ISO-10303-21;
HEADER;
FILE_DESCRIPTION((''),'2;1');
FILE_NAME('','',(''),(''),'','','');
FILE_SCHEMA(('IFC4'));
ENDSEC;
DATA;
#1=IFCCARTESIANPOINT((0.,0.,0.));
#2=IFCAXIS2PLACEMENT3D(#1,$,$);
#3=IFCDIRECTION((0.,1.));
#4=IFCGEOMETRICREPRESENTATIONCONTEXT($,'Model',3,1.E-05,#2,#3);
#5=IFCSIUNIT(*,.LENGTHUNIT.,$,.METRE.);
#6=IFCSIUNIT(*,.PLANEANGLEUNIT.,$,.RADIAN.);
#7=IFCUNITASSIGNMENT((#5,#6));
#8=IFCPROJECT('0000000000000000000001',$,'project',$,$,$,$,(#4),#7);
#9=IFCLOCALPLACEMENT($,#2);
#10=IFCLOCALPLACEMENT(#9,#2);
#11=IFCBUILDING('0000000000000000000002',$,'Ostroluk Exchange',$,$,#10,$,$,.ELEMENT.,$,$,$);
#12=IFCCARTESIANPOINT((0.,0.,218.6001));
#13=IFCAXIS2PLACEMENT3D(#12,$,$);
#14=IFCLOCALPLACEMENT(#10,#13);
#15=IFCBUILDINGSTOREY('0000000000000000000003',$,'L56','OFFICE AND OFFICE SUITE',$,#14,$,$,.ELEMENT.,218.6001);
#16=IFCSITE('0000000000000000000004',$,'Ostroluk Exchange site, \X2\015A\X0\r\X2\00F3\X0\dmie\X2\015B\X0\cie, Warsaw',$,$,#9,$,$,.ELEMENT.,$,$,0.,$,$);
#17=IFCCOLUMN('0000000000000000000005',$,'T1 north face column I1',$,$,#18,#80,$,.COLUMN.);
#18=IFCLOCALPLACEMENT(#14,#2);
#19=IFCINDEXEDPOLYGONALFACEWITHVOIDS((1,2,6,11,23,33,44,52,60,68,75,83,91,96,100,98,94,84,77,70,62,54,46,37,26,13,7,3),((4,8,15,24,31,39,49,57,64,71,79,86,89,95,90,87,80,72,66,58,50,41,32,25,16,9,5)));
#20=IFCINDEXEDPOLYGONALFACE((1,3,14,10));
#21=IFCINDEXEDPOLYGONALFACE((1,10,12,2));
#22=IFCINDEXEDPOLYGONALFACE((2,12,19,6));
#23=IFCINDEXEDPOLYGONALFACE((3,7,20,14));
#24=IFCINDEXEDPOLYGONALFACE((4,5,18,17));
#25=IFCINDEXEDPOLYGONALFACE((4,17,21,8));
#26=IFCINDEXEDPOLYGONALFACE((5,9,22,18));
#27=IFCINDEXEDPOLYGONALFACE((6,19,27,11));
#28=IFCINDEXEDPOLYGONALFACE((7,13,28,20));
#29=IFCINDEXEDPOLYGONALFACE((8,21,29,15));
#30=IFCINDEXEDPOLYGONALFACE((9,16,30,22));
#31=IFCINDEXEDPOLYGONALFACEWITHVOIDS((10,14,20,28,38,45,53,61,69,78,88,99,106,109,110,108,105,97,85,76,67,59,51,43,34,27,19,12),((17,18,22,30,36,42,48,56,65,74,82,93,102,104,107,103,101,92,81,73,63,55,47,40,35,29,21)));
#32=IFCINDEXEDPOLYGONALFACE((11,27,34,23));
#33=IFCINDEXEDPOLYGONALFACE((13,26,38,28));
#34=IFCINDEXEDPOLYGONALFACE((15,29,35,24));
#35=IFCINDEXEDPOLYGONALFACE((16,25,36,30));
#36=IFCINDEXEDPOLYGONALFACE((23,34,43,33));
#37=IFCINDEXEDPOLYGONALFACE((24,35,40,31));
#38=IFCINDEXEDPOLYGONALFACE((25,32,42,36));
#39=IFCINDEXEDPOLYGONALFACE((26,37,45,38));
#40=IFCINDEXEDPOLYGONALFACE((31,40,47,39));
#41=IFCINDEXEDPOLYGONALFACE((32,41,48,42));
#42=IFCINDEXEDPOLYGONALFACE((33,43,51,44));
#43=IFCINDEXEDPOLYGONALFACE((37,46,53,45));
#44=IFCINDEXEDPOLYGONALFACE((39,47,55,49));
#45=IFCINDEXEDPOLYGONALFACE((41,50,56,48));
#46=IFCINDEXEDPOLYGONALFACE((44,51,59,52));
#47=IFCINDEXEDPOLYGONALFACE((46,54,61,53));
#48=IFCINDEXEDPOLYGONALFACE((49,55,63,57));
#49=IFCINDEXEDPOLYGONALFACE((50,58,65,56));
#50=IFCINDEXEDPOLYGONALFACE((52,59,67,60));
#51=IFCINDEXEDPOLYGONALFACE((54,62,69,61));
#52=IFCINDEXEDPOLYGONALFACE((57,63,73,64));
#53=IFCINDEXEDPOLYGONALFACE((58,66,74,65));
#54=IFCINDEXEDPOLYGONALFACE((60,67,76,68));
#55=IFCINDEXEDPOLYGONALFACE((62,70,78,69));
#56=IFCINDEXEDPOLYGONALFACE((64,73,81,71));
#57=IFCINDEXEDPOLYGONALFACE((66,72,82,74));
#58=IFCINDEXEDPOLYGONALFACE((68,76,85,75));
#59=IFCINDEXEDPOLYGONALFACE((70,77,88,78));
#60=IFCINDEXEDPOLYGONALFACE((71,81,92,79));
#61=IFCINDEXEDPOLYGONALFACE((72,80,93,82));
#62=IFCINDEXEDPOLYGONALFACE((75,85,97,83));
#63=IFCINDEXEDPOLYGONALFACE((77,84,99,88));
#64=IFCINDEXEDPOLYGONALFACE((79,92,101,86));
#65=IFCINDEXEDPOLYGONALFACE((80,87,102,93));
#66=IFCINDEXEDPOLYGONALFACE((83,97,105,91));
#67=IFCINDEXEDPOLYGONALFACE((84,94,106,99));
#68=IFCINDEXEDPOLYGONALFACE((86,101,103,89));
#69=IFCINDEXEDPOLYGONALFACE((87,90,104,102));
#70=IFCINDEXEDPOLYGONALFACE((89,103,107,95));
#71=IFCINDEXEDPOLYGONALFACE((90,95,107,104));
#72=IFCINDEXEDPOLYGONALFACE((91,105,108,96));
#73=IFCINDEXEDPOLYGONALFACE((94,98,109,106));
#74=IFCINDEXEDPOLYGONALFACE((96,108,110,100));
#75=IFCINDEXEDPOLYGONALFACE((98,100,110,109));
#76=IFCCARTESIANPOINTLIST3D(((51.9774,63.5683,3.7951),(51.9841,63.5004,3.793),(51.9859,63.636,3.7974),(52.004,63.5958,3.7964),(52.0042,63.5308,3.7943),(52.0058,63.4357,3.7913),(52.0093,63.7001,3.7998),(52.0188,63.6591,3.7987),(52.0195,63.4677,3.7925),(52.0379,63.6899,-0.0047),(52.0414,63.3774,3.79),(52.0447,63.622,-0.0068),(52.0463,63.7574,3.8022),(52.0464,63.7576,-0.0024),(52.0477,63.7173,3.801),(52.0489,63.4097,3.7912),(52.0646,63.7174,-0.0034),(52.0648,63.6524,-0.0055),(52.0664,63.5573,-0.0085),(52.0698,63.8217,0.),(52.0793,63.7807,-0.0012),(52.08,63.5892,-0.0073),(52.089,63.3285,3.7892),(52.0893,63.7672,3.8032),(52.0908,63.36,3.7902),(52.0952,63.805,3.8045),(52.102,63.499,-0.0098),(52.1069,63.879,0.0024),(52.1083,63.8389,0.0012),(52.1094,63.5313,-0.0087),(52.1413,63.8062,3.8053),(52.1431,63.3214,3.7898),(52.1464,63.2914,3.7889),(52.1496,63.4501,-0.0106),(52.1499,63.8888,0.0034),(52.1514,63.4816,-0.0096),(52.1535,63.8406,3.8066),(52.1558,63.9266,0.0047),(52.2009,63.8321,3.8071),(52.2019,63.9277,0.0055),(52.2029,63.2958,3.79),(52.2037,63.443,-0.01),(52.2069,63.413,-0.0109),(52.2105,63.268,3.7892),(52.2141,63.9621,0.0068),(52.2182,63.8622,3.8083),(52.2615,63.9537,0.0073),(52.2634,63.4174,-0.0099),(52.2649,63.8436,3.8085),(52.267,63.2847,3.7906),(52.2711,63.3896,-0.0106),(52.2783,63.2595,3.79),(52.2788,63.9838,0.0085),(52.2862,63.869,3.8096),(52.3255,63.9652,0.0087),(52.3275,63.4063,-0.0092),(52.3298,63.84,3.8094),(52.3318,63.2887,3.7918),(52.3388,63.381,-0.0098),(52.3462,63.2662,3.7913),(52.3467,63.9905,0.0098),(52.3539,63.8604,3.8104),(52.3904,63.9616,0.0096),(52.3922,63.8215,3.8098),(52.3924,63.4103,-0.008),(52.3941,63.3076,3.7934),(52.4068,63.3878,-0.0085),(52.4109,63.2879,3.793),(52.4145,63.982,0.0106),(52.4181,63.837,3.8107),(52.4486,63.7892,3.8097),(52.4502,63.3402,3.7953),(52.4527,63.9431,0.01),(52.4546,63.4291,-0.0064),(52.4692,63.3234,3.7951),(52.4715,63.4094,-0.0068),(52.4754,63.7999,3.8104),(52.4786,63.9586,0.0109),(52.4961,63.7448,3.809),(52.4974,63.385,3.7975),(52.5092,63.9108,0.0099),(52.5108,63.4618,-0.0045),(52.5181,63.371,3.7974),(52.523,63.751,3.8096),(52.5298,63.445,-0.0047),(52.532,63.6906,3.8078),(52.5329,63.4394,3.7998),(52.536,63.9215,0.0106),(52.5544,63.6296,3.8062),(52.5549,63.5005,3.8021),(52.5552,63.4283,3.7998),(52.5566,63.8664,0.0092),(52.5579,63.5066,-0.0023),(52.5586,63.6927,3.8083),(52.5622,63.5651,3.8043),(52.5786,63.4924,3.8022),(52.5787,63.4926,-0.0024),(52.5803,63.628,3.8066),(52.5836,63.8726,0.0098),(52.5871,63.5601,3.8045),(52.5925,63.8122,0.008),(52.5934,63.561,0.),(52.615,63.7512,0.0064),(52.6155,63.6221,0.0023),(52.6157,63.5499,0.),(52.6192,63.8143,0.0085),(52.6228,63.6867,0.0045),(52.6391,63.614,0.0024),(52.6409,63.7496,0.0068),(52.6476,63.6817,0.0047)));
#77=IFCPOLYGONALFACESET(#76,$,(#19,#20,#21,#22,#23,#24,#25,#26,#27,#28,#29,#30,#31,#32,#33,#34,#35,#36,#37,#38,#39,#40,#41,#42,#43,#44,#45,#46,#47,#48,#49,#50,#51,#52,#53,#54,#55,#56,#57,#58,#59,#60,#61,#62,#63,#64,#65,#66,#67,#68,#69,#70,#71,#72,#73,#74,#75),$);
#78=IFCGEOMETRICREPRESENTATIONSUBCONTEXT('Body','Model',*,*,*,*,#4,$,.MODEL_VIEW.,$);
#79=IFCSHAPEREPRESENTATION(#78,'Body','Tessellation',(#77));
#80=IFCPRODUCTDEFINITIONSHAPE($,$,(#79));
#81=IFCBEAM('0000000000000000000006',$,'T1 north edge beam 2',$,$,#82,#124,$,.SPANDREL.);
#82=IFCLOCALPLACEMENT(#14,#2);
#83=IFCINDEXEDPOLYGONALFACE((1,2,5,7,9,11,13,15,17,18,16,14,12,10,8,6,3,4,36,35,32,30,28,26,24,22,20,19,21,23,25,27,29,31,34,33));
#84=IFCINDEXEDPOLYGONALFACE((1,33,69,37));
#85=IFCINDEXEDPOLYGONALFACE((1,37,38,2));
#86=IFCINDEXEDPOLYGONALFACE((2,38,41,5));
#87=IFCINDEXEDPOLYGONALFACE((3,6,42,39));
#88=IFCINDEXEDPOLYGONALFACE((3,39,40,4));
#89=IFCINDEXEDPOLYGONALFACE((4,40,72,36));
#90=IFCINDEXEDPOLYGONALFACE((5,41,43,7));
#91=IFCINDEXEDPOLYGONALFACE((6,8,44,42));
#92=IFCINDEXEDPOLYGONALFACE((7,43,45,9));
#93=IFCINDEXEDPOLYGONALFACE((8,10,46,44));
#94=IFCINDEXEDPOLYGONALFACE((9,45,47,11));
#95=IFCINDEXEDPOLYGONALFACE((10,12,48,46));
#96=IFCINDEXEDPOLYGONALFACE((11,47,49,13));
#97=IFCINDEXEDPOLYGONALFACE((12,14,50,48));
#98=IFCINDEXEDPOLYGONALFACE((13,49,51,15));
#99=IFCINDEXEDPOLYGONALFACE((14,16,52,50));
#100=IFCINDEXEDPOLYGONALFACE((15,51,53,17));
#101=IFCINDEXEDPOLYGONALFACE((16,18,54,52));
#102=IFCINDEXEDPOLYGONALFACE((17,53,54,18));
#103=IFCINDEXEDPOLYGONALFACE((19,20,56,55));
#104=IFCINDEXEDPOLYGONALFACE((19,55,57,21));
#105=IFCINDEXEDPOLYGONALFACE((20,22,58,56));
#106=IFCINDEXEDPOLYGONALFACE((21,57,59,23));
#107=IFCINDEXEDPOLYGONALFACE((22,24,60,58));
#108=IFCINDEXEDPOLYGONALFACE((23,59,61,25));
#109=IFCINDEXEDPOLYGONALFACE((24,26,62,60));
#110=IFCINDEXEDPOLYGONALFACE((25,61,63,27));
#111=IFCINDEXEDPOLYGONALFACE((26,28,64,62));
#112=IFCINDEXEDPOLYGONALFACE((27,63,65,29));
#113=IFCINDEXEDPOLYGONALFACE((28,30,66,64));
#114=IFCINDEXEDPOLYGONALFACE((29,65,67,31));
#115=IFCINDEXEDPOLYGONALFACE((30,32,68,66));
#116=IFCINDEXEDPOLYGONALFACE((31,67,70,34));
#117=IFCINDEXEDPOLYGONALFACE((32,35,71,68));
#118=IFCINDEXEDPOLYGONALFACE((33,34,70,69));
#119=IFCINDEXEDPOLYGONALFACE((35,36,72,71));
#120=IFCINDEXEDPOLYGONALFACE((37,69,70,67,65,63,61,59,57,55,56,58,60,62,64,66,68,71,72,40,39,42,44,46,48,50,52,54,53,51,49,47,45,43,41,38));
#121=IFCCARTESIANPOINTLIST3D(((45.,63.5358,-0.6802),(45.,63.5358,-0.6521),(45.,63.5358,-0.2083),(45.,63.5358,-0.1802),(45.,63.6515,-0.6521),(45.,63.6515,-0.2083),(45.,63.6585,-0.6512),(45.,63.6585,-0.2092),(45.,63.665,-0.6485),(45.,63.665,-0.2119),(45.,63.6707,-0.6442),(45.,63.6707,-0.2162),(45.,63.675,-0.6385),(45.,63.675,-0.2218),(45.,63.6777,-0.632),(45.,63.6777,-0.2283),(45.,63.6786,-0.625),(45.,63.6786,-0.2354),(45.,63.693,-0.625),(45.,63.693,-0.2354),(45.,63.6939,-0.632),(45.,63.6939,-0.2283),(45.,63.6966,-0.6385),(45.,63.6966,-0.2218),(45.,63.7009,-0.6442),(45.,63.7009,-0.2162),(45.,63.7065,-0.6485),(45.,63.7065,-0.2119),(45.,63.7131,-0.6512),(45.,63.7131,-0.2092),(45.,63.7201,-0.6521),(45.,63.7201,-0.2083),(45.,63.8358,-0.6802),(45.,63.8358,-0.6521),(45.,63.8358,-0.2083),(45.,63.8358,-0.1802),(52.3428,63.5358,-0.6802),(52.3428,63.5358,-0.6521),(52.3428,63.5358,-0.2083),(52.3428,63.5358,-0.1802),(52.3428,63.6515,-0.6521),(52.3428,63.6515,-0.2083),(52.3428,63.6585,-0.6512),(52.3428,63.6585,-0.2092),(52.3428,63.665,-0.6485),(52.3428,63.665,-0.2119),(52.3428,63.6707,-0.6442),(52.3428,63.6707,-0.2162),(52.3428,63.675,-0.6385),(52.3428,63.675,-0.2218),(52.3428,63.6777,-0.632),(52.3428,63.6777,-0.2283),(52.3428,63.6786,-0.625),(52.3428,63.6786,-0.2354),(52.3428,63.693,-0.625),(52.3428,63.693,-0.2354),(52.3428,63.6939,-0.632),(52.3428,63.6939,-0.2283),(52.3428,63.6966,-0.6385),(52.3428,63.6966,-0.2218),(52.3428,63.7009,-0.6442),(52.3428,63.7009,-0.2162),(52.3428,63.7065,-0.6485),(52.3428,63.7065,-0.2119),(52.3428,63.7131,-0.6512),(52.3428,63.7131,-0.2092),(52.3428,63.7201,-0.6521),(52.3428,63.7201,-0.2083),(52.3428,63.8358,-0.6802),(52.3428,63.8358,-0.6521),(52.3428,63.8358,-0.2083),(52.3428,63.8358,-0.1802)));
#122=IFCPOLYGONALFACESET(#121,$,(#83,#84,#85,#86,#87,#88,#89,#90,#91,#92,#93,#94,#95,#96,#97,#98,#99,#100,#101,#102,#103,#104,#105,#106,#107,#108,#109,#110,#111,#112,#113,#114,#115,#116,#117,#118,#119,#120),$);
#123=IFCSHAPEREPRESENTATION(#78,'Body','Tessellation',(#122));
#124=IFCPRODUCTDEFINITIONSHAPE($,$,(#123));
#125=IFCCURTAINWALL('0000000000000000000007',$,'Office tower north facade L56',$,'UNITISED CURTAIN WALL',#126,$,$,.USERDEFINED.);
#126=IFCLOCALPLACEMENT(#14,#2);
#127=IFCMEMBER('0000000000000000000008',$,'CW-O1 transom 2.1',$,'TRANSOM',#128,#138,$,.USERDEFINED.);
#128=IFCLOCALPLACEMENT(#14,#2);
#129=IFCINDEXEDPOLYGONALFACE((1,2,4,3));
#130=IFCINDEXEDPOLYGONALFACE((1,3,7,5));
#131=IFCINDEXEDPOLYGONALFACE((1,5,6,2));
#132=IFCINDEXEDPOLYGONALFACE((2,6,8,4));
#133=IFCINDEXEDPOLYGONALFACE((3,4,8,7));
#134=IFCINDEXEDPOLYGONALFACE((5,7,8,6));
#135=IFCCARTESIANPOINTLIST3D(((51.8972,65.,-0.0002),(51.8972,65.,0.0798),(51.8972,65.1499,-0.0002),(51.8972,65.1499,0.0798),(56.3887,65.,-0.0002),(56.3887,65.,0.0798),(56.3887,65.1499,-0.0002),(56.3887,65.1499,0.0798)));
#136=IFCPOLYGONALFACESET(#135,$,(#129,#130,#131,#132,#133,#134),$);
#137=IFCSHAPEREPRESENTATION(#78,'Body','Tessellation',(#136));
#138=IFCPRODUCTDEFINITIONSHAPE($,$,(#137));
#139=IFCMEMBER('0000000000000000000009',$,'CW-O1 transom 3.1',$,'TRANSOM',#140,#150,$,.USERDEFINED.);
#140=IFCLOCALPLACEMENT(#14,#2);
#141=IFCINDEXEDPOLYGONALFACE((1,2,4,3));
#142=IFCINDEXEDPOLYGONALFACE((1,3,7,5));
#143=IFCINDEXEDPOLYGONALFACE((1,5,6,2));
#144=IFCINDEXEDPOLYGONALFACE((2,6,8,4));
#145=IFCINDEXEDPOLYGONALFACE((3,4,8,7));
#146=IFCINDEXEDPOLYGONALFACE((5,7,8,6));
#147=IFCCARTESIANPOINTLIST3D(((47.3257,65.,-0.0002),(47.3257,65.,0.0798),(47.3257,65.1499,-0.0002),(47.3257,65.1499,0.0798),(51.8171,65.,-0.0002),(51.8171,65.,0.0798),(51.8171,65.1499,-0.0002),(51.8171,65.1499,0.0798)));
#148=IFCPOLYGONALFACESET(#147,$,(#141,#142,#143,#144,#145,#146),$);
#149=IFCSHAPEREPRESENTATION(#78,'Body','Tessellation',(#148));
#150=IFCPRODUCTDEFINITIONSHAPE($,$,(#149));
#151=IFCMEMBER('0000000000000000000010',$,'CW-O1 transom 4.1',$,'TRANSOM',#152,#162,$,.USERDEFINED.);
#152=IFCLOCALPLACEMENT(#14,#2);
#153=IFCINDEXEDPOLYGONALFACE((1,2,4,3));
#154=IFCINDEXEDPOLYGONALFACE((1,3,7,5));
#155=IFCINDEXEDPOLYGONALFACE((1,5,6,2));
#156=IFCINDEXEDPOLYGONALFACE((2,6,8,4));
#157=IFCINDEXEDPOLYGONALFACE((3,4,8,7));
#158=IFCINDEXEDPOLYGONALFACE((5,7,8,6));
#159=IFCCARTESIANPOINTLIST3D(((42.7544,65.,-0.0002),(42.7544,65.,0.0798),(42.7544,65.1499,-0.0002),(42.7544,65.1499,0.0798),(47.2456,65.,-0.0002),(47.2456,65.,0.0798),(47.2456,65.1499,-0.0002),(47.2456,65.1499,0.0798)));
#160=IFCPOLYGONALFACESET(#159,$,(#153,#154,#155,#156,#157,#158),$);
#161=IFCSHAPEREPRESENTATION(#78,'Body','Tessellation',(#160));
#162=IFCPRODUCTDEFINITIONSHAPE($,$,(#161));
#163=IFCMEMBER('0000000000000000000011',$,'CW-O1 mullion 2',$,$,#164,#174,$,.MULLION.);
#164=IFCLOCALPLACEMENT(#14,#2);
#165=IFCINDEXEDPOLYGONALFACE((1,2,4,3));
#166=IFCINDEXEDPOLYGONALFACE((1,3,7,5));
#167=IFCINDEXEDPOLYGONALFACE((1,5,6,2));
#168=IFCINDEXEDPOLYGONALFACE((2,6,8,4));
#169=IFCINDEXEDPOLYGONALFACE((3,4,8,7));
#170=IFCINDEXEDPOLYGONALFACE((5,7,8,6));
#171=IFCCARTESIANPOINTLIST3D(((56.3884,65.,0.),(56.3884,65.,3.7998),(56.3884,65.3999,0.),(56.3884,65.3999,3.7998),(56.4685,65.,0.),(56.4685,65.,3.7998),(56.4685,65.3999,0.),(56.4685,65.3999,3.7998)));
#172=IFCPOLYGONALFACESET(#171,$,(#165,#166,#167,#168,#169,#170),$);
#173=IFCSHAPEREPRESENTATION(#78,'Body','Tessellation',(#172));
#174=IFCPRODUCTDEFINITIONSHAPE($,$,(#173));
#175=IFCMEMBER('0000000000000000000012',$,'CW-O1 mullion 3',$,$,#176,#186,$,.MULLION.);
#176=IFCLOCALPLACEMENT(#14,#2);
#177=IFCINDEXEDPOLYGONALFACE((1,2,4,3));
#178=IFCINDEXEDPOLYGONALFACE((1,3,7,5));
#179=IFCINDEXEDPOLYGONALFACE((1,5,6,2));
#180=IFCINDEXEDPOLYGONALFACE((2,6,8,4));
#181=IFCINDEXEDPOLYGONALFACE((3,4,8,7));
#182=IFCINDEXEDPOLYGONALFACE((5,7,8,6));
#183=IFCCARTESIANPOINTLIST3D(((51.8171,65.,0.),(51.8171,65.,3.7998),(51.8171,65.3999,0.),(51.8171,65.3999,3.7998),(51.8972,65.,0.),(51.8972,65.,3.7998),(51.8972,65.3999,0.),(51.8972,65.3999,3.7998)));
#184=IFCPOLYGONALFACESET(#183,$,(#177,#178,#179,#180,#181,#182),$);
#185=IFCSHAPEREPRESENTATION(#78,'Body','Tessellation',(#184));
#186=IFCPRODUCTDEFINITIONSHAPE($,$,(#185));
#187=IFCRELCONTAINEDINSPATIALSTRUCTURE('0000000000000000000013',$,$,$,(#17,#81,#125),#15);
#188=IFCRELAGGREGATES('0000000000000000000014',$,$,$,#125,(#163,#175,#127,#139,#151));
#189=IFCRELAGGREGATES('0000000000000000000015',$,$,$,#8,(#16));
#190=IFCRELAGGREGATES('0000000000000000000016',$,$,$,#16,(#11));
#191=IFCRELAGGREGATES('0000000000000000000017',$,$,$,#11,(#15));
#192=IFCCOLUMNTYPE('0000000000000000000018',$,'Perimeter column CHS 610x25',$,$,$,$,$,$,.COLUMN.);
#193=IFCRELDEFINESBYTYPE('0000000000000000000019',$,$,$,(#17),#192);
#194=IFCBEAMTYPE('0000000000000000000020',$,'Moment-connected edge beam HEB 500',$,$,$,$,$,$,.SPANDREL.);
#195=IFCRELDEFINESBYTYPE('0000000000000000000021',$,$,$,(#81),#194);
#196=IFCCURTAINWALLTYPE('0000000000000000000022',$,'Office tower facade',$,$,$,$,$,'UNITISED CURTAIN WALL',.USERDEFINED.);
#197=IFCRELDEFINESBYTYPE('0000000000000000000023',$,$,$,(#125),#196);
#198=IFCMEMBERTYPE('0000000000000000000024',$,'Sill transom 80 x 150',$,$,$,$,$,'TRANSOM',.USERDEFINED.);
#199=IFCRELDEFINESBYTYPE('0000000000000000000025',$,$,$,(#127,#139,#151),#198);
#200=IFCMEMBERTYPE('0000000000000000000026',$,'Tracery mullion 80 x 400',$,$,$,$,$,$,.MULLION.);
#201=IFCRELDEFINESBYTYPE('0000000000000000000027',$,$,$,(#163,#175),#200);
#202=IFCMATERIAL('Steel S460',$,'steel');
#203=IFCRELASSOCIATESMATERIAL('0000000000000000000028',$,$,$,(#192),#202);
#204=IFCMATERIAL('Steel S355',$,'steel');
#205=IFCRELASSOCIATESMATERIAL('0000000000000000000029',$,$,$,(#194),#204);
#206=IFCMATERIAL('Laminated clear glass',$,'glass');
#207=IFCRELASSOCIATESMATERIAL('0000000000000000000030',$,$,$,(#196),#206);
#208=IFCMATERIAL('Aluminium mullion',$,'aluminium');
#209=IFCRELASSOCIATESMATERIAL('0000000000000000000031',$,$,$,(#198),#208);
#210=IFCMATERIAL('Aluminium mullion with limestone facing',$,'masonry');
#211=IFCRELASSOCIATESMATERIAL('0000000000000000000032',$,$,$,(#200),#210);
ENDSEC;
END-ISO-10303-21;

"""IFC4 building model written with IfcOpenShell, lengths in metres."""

from ifc_helpers import new_model, si_unit, direction, frame, origin, origin_2d, place, context, subcontext, project, spatial, rectangle, hollow_circle, i_section, extrude, material, material_profile, profile_set, type_object, element, aggregate, save


model = new_model("IFC4")

# Units and contexts
model_context = context("Model", 3, precision=1e-05, world=origin(), true_north=direction((0.0, 1.0)))
body_context = subcontext(model_context, "Body", "Model", "MODEL_VIEW")
ifc_project = project(units=[si_unit("LENGTHUNIT", "METRE"), si_unit("PLANEANGLEUNIT", "RADIAN")], contexts=[model_context])

# Site, building, storey
site_placement = place(None, origin())
site = spatial("IfcSite", under=ifc_project, at=site_placement, Name="Ostroluk Exchange site, Śródmieście, Warsaw", CompositionType="ELEMENT", RefElevation=0.0)
building_placement = place(site_placement, origin())
building = spatial("IfcBuilding", under=site, at=building_placement, Name="Ostroluk Exchange", CompositionType="ELEMENT")
storey_placement = place(building_placement, frame((0.0, 0.0, 218.6001)))
storey = spatial("IfcBuildingStorey", under=building, at=storey_placement, Name="L56", Description="OFFICE AND OFFICE SUITE", CompositionType="ELEMENT", Elevation=218.6001)

# Column
ifc_material_1 = material(Name="Steel S460", Category="steel")
ifc_material_profile_1 = material_profile(ifc_material_1, hollow_circle(Radius=0.3049, WallThickness=0.0249, at=origin_2d()), Name="CHS 610x25")
ifc_profile_set_1 = profile_set([ifc_material_profile_1], Name="Steel S460")
column_type = type_object("IfcColumnType", Name="Perimeter column CHS 610x25", PredefinedType="COLUMN", material=ifc_profile_set_1)
column_placement = place(storey_placement, frame((52.3428, 63.6858, 0.0), z_axis=(-0.015924, -0.031976, 0.999362), x_axis=(0.895145, -0.445775, 0.0)))
element("IfcColumn", 1, at=column_placement, inside=storey, type_object=column_type, Name="T1 north face column I1", PredefinedType="COLUMN", context=body_context, shape_type="SweptSolid", body=[
    extrude(hollow_circle(Radius=0.3049, WallThickness=0.0249, at=origin_2d()), origin(), (0.0, 0.0, 1.0), 3.8022),
])

# Beam
ifc_material_2 = material(Name="Steel S355", Category="steel")
ifc_material_profile_2 = material_profile(ifc_material_2, i_section(OverallWidth=0.3, OverallDepth=0.5, WebThickness=0.0144, FlangeThickness=0.0281, FilletRadius=0.0271, at=origin_2d()), Name="HEB 500")
ifc_profile_set_2 = profile_set([ifc_material_profile_2], Name="Steel S355")
beam_type = type_object("IfcBeamType", Name="Moment-connected edge beam HEB 500", PredefinedType="SPANDREL", material=ifc_profile_set_2)
beam_placement = place(storey_placement, frame((52.3428, 63.6858, -0.4302), z_axis=(-1.0, 0.0, 0.0), x_axis=(0.0, -1.0, 0.0)))
element("IfcBeam", 2, at=beam_placement, inside=storey, type_object=beam_type, Name="T1 north edge beam 2", PredefinedType="SPANDREL", context=body_context, shape_type="SweptSolid", body=[
    extrude(i_section(OverallWidth=0.3, OverallDepth=0.5, WebThickness=0.0144, FlangeThickness=0.0281, FilletRadius=0.0271, at=origin_2d()), origin(), (0.0, 0.0, 1.0), 7.3428),
])

# Curtain wall, members
ifc_material_3 = material(Name="Laminated clear glass", Category="glass")
curtain_wall_type = type_object("IfcCurtainWallType", Name="Office tower facade", ElementType="UNITISED CURTAIN WALL", PredefinedType="USERDEFINED", material=ifc_material_3)
curtain_wall_placement = place(storey_placement, origin())
curtain_wall = element("IfcCurtainWall", 3, at=curtain_wall_placement, inside=storey, type_object=curtain_wall_type, Name="Office tower north facade L56", ObjectType="UNITISED CURTAIN WALL", PredefinedType="USERDEFINED")
ifc_material_4 = material(Name="Aluminium mullion", Category="aluminium")
ifc_material_profile_3 = material_profile(ifc_material_4, rectangle(XDim=0.1499, YDim=0.0801, at=origin_2d()), Name="Sill transom 80 x 150")
ifc_profile_set_3 = profile_set([ifc_material_profile_3], Name="Aluminium mullion")
member_type_1 = type_object("IfcMemberType", Name="Sill transom 80 x 150", ElementType="TRANSOM", PredefinedType="USERDEFINED", material=ifc_profile_set_3)
member_1_placement = place(storey_placement, frame((56.3887, 65.075, 0.0398), z_axis=(-1.0, 0.0, 0.0), x_axis=(0.0, -1.0, 0.0)))
member_1 = element("IfcMember", 4, at=member_1_placement, type_object=member_type_1, Name="CW-O1 transom 2.1", ObjectType="TRANSOM", PredefinedType="USERDEFINED", context=body_context, shape_type="SweptSolid", body=[
    extrude(rectangle(XDim=0.1499, YDim=0.0801, at=origin_2d()), origin(), (0.0, 0.0, 1.0), 4.4915),
])
member_2_placement = place(storey_placement, frame((51.8171, 65.075, 0.0398), z_axis=(-1.0, 0.0, 0.0), x_axis=(0.0, -1.0, 0.0)))
member_2 = element("IfcMember", 5, at=member_2_placement, type_object=member_type_1, Name="CW-O1 transom 3.1", ObjectType="TRANSOM", PredefinedType="USERDEFINED", context=body_context, shape_type="SweptSolid", body=[
    extrude(rectangle(XDim=0.1499, YDim=0.0801, at=origin_2d()), origin(), (0.0, 0.0, 1.0), 4.4915),
])
member_3_placement = place(storey_placement, frame((47.2456, 65.075, 0.0398), z_axis=(-1.0, 0.0, 0.0), x_axis=(0.0, -1.0, 0.0)))
member_3 = element("IfcMember", 6, at=member_3_placement, type_object=member_type_1, Name="CW-O1 transom 4.1", ObjectType="TRANSOM", PredefinedType="USERDEFINED", context=body_context, shape_type="SweptSolid", body=[
    extrude(rectangle(XDim=0.1499, YDim=0.0801, at=origin_2d()), origin(), (0.0, 0.0, 1.0), 4.4912),
])
ifc_material_5 = material(Name="Aluminium mullion with limestone facing", Category="masonry")
ifc_material_profile_4 = material_profile(ifc_material_5, rectangle(XDim=0.3999, YDim=0.0801, at=origin_2d()), Name="Tracery mullion 80 x 400")
ifc_profile_set_4 = profile_set([ifc_material_profile_4], Name="Aluminium mullion with limestone facing")
member_type_2 = type_object("IfcMemberType", Name="Tracery mullion 80 x 400", PredefinedType="MULLION", material=ifc_profile_set_4)
member_4_placement = place(storey_placement, frame((56.4285, 65.2, 0.0), z_axis=(0.0, 0.0, 1.0), x_axis=(0.0, -1.0, 0.0)))
member_4 = element("IfcMember", 7, at=member_4_placement, type_object=member_type_2, Name="CW-O1 mullion 2", PredefinedType="MULLION", context=body_context, shape_type="SweptSolid", body=[
    extrude(rectangle(XDim=0.3999, YDim=0.0801, at=origin_2d()), origin(), (0.0, 0.0, 1.0), 3.7998),
])
member_5_placement = place(storey_placement, frame((51.8572, 65.2, 0.0), z_axis=(0.0, 0.0, 1.0), x_axis=(0.0, -1.0, 0.0)))
member_5 = element("IfcMember", 8, at=member_5_placement, type_object=member_type_2, Name="CW-O1 mullion 3", PredefinedType="MULLION", context=body_context, shape_type="SweptSolid", body=[
    extrude(rectangle(XDim=0.3999, YDim=0.0801, at=origin_2d()), origin(), (0.0, 0.0, 1.0), 3.7998),
])
aggregate(curtain_wall, [member_4, member_5, member_1, member_2, member_3])

save(model, "model.ifc")
